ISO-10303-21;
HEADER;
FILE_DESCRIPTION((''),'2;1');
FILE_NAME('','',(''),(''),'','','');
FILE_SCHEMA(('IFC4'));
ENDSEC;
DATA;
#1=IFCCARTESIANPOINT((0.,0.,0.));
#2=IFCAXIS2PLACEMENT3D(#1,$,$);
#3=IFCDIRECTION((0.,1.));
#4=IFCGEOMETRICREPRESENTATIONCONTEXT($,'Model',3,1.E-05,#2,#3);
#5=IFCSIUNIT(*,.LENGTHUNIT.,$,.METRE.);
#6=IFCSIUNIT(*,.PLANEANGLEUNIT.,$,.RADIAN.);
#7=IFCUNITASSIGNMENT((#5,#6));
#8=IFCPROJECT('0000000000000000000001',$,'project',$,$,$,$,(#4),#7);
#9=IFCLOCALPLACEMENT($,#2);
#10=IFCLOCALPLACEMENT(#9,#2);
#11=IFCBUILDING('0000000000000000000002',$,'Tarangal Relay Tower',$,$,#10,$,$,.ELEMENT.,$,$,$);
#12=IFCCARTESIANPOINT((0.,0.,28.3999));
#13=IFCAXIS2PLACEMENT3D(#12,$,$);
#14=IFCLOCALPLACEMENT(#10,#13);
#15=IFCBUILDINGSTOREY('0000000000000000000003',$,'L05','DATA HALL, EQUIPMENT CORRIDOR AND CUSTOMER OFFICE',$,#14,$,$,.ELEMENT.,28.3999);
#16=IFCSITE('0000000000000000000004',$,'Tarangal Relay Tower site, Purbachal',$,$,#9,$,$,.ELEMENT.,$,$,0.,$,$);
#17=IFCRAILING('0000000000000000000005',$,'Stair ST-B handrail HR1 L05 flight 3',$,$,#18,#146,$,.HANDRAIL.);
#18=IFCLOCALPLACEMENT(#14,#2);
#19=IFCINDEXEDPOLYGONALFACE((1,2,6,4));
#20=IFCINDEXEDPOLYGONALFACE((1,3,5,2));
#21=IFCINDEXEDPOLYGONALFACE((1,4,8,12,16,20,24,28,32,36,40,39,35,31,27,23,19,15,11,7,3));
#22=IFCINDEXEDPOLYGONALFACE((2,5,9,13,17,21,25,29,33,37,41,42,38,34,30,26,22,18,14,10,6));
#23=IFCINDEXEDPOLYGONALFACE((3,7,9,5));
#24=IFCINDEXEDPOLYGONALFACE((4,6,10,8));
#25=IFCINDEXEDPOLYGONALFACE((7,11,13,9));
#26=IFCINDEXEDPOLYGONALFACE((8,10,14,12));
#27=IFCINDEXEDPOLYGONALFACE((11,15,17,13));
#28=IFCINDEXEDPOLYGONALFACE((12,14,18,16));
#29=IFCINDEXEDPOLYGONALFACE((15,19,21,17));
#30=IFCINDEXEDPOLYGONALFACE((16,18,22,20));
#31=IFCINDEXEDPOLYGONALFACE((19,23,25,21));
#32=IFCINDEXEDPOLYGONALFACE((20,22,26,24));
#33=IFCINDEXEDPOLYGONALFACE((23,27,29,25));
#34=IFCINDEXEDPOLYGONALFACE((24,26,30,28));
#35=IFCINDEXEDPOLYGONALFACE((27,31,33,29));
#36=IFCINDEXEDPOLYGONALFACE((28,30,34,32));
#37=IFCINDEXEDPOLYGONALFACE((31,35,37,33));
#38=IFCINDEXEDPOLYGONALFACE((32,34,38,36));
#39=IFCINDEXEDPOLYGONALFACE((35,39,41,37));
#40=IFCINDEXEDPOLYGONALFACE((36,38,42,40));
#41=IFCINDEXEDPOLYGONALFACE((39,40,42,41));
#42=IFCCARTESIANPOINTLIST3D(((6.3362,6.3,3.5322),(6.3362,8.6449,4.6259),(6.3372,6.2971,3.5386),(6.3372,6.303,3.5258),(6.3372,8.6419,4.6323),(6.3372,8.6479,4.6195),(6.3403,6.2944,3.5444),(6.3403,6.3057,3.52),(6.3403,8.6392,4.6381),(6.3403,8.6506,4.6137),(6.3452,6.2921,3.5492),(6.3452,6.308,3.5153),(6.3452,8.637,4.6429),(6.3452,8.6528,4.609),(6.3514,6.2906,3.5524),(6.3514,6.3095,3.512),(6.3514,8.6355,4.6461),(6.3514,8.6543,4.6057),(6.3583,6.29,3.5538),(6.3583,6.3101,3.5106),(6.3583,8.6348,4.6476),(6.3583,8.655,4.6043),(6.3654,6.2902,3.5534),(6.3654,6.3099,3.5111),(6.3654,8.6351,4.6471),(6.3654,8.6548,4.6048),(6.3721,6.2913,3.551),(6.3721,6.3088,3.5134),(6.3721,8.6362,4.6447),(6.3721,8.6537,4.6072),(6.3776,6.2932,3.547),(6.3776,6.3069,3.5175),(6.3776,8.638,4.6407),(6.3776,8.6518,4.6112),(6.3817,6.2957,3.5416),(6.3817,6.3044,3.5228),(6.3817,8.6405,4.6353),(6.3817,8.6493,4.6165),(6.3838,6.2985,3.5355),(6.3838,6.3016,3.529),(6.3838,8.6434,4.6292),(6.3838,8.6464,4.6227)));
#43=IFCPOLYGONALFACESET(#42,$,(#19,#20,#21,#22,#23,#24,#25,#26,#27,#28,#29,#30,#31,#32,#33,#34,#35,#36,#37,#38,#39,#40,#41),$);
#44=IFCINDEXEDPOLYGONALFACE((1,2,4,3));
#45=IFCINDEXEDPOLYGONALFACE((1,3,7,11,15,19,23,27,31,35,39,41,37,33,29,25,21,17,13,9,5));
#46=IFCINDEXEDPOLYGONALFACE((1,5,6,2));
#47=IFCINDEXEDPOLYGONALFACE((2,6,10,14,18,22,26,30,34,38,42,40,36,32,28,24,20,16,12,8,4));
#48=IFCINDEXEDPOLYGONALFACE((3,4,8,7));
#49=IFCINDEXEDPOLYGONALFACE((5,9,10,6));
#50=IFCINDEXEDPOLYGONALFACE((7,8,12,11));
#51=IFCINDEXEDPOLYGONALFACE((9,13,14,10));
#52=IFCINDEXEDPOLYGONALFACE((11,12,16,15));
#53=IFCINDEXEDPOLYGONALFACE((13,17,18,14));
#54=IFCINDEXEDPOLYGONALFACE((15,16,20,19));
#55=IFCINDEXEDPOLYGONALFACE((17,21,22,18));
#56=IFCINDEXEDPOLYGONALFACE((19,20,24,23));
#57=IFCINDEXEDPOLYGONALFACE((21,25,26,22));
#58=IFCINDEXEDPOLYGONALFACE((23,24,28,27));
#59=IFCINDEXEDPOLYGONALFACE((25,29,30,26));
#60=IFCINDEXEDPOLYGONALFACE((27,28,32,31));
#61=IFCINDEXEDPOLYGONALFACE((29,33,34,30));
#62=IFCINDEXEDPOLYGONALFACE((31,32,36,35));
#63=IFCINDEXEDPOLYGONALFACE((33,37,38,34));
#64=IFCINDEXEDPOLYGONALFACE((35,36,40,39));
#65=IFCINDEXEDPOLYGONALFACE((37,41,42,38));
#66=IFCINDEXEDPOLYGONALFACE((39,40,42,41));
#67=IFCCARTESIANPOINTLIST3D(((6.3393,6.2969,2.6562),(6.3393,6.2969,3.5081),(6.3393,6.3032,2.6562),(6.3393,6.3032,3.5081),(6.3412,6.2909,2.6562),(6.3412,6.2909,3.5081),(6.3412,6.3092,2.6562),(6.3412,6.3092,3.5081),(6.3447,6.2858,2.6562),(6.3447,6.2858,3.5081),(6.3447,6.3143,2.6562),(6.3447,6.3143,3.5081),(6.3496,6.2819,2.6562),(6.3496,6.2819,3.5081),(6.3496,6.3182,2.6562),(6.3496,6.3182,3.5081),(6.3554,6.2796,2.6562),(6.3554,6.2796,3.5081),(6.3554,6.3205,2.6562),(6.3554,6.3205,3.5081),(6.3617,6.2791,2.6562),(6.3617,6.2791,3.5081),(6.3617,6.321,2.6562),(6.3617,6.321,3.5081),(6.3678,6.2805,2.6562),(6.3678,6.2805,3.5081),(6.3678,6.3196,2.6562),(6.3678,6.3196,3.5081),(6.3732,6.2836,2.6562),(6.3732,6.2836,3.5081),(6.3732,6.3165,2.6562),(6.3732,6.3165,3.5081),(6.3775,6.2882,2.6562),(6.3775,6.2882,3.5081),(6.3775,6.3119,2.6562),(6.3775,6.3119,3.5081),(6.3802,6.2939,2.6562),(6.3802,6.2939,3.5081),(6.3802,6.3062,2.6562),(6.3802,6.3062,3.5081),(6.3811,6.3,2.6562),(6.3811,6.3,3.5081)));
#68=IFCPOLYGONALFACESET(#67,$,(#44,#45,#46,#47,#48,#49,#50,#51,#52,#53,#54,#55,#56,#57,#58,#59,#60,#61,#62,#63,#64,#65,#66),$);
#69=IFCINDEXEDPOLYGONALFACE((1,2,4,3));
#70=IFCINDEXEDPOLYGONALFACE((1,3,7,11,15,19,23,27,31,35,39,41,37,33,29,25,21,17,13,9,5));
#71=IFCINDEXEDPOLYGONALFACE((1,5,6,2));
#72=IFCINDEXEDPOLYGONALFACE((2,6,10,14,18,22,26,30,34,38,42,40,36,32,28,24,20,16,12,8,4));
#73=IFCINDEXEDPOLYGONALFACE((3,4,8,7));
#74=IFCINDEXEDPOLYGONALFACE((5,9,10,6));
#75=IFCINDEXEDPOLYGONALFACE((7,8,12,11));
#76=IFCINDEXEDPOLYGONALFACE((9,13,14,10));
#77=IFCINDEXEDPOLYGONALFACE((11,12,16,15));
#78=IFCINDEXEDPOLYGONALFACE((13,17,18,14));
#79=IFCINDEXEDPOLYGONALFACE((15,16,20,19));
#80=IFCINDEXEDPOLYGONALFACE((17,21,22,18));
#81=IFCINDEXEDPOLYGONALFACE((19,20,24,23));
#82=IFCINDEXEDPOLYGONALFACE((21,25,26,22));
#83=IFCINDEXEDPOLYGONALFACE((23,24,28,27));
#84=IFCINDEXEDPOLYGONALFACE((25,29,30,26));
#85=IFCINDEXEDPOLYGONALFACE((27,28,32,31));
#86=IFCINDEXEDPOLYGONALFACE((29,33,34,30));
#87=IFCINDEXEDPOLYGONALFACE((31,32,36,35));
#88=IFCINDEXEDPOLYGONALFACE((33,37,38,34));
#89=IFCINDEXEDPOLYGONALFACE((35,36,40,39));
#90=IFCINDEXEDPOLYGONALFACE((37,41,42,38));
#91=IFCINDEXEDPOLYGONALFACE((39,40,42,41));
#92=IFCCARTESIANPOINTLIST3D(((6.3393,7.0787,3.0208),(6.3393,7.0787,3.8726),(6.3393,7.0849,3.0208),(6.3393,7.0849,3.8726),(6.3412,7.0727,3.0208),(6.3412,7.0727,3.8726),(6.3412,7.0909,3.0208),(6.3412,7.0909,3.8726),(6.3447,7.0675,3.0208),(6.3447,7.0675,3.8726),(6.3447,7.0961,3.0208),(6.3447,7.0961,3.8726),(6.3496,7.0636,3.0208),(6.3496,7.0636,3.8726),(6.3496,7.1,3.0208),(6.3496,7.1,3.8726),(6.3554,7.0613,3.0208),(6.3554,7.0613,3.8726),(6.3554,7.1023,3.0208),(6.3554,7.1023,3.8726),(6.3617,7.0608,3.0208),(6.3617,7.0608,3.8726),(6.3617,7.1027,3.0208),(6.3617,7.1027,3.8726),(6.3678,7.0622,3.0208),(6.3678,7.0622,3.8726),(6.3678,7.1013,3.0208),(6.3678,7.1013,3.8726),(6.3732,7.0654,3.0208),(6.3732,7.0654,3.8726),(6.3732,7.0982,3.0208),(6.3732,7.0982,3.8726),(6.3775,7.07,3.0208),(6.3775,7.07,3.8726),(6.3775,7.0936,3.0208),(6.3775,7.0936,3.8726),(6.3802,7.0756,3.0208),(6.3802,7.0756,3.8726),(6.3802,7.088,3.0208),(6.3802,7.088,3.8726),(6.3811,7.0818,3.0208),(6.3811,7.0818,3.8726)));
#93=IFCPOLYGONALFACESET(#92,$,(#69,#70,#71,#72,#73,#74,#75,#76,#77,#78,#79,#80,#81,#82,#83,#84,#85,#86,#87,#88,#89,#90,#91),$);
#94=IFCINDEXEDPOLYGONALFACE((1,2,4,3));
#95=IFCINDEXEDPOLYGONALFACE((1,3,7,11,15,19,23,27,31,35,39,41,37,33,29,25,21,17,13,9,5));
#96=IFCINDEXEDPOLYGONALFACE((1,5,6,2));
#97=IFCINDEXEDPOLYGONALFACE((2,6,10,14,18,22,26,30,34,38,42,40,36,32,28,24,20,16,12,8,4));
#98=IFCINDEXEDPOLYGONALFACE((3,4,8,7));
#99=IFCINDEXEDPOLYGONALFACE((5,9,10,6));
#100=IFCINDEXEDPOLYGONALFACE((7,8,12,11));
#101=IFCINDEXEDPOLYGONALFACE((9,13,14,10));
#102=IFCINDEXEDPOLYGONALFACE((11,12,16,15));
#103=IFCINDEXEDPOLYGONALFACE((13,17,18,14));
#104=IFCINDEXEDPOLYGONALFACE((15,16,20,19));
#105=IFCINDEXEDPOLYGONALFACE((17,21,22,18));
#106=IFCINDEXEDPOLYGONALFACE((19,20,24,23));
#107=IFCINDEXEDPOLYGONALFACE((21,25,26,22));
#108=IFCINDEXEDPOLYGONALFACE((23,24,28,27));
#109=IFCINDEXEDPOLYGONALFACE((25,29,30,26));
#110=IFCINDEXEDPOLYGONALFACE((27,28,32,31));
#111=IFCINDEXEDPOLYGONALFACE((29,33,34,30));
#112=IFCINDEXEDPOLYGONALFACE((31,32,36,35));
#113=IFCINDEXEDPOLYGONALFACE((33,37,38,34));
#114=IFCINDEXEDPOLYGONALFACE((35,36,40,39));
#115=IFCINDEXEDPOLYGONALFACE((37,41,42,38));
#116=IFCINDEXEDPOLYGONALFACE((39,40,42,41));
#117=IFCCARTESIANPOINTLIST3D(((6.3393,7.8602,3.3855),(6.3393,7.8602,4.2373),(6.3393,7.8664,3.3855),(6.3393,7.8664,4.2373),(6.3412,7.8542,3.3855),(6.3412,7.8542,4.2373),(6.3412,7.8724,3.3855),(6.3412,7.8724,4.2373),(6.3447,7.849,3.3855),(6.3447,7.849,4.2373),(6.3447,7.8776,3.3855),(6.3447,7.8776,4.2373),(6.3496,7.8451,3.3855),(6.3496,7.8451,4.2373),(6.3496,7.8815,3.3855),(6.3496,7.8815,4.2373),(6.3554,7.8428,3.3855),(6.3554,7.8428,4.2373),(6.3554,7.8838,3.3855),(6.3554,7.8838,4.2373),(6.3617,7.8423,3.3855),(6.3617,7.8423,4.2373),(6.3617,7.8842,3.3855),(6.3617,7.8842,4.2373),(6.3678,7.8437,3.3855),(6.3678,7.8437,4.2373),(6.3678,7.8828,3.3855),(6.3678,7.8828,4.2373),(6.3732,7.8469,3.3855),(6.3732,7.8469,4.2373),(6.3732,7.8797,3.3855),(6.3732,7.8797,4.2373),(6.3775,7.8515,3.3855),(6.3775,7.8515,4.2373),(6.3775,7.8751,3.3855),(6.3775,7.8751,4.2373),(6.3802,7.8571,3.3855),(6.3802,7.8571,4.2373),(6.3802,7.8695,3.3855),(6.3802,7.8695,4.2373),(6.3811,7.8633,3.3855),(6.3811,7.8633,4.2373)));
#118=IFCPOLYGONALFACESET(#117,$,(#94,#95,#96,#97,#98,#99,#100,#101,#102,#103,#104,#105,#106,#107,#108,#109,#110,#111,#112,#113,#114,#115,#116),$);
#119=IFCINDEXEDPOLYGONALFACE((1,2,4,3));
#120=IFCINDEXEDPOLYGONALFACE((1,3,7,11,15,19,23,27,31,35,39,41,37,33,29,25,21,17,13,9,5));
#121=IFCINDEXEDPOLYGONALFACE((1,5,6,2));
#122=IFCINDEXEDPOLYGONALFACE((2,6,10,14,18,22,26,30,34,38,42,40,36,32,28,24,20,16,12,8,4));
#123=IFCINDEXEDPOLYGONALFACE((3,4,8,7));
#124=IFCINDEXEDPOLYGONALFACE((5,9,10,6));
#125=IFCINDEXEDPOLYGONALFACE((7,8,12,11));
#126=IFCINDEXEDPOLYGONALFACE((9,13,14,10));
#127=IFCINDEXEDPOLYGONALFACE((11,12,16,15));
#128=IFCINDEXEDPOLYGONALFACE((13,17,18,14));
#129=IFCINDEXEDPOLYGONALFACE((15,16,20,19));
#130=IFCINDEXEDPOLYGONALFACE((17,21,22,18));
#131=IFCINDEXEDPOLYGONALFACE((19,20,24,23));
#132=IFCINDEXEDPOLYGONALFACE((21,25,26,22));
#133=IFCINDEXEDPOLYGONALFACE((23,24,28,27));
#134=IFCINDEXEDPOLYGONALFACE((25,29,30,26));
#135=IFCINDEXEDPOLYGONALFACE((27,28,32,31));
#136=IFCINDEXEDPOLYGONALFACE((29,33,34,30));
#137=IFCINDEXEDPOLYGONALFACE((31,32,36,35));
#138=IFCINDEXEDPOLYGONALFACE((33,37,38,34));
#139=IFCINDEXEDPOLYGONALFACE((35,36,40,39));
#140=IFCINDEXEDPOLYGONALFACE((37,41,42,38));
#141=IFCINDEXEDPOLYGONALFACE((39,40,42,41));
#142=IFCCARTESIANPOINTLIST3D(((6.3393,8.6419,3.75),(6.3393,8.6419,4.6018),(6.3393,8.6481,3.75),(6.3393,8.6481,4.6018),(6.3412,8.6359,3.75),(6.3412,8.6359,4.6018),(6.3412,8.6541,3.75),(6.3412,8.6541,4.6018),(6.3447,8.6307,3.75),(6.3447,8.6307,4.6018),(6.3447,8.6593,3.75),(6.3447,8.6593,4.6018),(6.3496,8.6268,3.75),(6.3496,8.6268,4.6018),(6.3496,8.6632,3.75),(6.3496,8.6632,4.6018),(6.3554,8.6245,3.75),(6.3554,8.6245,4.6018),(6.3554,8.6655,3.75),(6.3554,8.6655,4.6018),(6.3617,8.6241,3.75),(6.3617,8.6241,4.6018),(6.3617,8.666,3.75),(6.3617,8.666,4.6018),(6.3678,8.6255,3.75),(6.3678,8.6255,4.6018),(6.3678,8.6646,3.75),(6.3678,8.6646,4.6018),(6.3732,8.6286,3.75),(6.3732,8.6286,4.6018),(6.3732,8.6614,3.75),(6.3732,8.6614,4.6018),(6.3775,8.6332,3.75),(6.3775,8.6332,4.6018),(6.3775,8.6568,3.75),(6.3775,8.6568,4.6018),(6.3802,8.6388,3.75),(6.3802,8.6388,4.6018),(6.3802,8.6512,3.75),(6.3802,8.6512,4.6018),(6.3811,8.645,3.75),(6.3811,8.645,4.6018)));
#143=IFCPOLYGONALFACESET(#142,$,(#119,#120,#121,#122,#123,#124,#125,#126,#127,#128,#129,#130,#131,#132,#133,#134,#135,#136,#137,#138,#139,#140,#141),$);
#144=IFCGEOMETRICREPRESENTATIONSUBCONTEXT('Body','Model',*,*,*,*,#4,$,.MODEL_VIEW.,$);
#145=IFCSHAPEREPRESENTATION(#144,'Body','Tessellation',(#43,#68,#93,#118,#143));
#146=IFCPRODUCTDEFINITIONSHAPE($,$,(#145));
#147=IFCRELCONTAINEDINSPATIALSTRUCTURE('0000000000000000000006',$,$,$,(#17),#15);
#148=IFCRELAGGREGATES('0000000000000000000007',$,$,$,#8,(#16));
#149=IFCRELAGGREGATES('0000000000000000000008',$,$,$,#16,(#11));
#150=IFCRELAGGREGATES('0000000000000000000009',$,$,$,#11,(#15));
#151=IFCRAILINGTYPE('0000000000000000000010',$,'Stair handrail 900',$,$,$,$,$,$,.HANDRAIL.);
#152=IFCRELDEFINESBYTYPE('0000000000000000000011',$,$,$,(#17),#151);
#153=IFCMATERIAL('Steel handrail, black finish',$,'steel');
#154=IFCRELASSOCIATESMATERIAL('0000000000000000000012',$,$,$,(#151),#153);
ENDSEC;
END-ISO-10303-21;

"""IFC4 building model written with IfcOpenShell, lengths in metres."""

from ifc_helpers import new_model, si_unit, direction, frame, origin, origin_2d, place, context, subcontext, project, spatial, circle, extrude, material, type_object, element, save


model = new_model("IFC4")

# Units and contexts
model_context = context("Model", 3, precision=1e-05, world=origin(), true_north=direction((0.0, 1.0)))
body_context = subcontext(model_context, "Body", "Model", "MODEL_VIEW")
ifc_project = project(units=[si_unit("LENGTHUNIT", "METRE"), si_unit("PLANEANGLEUNIT", "RADIAN")], contexts=[model_context])

# Site, building, storey
site_placement = place(None, origin())
site = spatial("IfcSite", under=ifc_project, at=site_placement, Name="Tarangal Relay Tower site, Purbachal", CompositionType="ELEMENT", RefElevation=0.0)
building_placement = place(site_placement, origin())
building = spatial("IfcBuilding", under=site, at=building_placement, Name="Tarangal Relay Tower", CompositionType="ELEMENT")
storey_placement = place(building_placement, frame((0.0, 0.0, 28.3999)))
storey = spatial("IfcBuildingStorey", under=building, at=storey_placement, Name="L05", Description="DATA HALL, EQUIPMENT CORRIDOR AND CUSTOMER OFFICE", CompositionType="ELEMENT", Elevation=28.3999)

# Railing
ifc_material_1 = material(Name="Steel handrail, black finish", Category="steel")
railing_type_1 = type_object("IfcRailingType", Name="Stair handrail 900", PredefinedType="HANDRAIL", material=ifc_material_1)
for number, where, name in (
    (1, (6.3601, 6.3, 2.6562), "Stair ST-B handrail HR1 L05 flight 3"),
):
    element("IfcRailing", number, at=place(storey_placement, frame(where)), inside=storey, type_object=railing_type_1, Name=name, PredefinedType="HANDRAIL", context=body_context, shape_type="SweptSolid", body=[
        extrude(circle(Radius=0.0239, at=origin_2d()), frame((0.0, 0.0, 0.876), z_axis=(0.0, 0.906267, 0.422705), x_axis=(-1.0, 0.0, 0.0)), (0.0, 0.0, 1.0), 2.5874),
        extrude(circle(Radius=0.021, at=origin_2d()), origin(), (0.0, 0.0, 1.0), 0.8518),
        extrude(circle(Radius=0.021, at=origin_2d()), frame((0.0, 0.7817, 0.3645)), (0.0, 0.0, 1.0), 0.8518),
        extrude(circle(Radius=0.021, at=origin_2d()), frame((0.0, 1.5632, 0.7292)), (0.0, 0.0, 1.0), 0.8518),
        extrude(circle(Radius=0.021, at=origin_2d()), frame((0.0, 2.345, 1.0938)), (0.0, 0.0, 1.0), 0.8518),
    ])

save(model, "model.ifc")
